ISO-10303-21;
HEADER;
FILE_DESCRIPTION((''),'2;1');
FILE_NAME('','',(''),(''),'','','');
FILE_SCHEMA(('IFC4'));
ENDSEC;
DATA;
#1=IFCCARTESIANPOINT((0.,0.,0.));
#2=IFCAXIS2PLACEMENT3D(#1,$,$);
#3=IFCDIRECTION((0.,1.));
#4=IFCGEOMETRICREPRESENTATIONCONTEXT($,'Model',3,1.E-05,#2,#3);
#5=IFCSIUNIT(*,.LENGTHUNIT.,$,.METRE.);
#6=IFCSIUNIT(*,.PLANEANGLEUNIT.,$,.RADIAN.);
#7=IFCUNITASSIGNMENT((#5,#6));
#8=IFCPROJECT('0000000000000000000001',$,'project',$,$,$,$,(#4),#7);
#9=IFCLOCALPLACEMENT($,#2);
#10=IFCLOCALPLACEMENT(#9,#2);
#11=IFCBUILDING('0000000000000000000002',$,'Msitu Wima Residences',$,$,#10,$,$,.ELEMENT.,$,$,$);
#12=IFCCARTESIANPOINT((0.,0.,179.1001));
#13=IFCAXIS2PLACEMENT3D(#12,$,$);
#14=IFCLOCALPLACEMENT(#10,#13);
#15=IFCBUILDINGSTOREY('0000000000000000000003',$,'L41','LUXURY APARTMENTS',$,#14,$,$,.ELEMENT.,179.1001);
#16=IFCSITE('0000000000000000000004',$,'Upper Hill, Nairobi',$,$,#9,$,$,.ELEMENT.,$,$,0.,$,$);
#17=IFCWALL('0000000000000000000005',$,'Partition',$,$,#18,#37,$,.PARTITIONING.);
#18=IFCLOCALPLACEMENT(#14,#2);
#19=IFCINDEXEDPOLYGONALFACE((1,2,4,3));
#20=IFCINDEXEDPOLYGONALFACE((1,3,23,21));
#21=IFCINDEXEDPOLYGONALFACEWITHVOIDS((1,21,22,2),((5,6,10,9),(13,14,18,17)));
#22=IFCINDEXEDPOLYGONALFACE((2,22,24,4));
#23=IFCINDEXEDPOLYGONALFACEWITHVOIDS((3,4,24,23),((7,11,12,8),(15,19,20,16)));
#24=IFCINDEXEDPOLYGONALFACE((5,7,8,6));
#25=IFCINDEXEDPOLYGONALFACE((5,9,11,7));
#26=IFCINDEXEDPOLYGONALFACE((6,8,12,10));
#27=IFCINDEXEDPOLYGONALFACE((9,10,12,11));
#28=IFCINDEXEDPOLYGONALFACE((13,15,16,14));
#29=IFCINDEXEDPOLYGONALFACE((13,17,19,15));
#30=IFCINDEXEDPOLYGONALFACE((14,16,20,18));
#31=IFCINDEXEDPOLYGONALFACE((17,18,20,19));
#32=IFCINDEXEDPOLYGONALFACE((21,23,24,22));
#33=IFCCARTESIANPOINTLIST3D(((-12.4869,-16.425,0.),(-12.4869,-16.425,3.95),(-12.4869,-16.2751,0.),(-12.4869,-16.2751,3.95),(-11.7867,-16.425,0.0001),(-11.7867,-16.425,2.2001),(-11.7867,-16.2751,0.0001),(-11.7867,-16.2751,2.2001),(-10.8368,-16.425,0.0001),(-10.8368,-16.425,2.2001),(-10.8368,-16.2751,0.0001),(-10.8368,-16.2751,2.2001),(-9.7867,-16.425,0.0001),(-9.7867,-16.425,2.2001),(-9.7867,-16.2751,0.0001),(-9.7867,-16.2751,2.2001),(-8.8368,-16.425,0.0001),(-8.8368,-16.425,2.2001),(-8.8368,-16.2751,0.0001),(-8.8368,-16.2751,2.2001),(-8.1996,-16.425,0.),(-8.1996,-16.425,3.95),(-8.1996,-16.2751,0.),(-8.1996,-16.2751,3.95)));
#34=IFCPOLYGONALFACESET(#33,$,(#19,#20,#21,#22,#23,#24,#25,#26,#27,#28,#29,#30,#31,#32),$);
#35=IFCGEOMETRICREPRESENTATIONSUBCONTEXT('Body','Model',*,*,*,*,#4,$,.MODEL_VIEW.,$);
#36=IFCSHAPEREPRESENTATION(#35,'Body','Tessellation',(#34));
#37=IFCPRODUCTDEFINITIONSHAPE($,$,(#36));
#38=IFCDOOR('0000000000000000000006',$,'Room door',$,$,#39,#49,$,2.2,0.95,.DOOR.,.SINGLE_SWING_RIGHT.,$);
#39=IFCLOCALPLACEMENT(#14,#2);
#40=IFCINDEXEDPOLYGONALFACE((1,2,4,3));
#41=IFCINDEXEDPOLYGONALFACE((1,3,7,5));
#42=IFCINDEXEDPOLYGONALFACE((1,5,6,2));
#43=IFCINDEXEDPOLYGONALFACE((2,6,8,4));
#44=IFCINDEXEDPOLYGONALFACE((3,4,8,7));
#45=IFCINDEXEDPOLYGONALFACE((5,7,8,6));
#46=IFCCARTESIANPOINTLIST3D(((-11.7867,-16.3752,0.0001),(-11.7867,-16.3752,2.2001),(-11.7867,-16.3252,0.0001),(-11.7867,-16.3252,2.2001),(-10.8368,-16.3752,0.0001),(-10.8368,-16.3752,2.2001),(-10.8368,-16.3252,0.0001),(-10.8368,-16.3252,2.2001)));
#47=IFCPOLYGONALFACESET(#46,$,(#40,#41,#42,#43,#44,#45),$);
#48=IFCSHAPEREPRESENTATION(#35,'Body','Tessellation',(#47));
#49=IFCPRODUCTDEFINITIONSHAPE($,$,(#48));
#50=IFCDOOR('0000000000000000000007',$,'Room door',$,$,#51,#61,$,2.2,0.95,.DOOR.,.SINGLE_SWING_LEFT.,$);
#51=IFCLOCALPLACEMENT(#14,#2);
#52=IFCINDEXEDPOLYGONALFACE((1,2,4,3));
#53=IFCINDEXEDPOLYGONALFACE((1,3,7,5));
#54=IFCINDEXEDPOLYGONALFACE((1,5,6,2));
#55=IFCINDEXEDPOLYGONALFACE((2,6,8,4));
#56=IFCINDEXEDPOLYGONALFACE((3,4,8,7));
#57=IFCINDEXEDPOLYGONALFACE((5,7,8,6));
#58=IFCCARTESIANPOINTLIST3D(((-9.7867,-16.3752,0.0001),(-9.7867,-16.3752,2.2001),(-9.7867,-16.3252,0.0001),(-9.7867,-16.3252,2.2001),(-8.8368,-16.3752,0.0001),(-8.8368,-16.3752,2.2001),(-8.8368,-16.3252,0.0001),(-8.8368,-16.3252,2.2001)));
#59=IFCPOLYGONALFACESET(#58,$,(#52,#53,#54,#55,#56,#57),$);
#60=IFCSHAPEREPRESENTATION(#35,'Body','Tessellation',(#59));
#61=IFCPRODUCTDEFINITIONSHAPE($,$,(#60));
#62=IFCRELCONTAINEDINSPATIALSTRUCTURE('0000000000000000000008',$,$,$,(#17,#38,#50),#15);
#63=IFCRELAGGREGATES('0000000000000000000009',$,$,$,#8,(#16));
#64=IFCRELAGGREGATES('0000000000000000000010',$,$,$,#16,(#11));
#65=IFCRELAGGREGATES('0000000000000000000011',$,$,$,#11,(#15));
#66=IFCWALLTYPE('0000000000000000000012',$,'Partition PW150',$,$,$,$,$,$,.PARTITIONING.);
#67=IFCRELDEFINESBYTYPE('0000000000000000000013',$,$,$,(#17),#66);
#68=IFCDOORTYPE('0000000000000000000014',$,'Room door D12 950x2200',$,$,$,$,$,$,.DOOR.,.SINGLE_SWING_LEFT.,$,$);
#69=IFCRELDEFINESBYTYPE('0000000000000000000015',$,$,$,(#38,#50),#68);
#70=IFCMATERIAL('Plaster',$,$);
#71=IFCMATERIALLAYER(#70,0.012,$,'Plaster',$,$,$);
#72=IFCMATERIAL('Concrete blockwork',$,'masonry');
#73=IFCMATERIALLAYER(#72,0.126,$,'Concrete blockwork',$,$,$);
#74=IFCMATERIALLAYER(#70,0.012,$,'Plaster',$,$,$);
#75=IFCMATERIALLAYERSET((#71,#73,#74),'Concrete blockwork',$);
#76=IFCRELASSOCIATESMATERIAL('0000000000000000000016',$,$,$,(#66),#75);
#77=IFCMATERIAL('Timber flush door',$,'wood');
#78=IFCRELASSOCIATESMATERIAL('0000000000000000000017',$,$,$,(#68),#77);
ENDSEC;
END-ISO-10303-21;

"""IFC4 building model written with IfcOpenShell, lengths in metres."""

from ifc_helpers import new_model, si_unit, direction, frame, frame_2d, origin, place, context, subcontext, project, spatial, rectangle, extrude, material, layer, layer_set, type_object, element, fill, save


model = new_model("IFC4")

# Units and contexts
model_context = context("Model", 3, precision=1e-05, world=origin(), true_north=direction((0.0, 1.0)))
body_context = subcontext(model_context, "Body", "Model", "MODEL_VIEW")
ifc_project = project(units=[si_unit("LENGTHUNIT", "METRE"), si_unit("PLANEANGLEUNIT", "RADIAN")], contexts=[model_context])

# Site, building, storey
site_placement = place(None, origin())
site = spatial("IfcSite", under=ifc_project, at=site_placement, Name="Upper Hill, Nairobi", CompositionType="ELEMENT", RefElevation=0.0)
building_placement = place(site_placement, origin())
building = spatial("IfcBuilding", under=site, at=building_placement, Name="Msitu Wima Residences", CompositionType="ELEMENT")
storey_placement = place(building_placement, frame((0.0, 0.0, 179.1001)))
storey = spatial("IfcBuildingStorey", under=building, at=storey_placement, Name="L41", Description="LUXURY APARTMENTS", CompositionType="ELEMENT", Elevation=179.1001)

# Shared definitions
ifc_material_1 = material(Name="Plaster")
ifc_material_2 = material(Name="Concrete blockwork", Category="masonry")

# Shared definitions
ifc_layer_1 = layer(ifc_material_1, 0.012, Name="Plaster")
ifc_layer_2 = layer(ifc_material_2, 0.126, Name="Concrete blockwork")
ifc_layer_3 = layer(ifc_material_1, 0.012, Name="Plaster")
ifc_layer_set_1 = layer_set([ifc_layer_1, ifc_layer_2, ifc_layer_3], Name="Concrete blockwork")
wall_type_1 = type_object("IfcWallType", Name="Partition PW150", PredefinedType="PARTITIONING", material=ifc_layer_set_1)

# Shared definitions
ifc_material_3 = material(Name="Timber flush door", Category="wood")
door_type_1 = type_object("IfcDoorType", Name="Room door D12 950x2200", OperationType="SINGLE_SWING_LEFT", PredefinedType="DOOR", material=ifc_material_3)

# Wall, openings, doors
wall_1_placement = place(storey_placement, frame((-12.4868, -16.3501, 0.0), z_axis=(0.0, 0.0, 1.0), x_axis=(1.0, 0.0, 0.0)))
wall_1 = element("IfcWall", 1, at=wall_1_placement, inside=storey, type_object=wall_type_1, Name="Partition", PredefinedType="PARTITIONING", context=body_context, shape_type="SweptSolid", body=[
    extrude(rectangle(XDim=4.2874, YDim=0.1499, at=frame_2d((2.1436, 0.0))), origin(), (0.0, 0.0, 1.0), 3.95),
])
opening_1_placement = place(wall_1_placement, frame((0.7, 0.0, 0.0)))
opening_1 = element("IfcOpeningElement", 2, at=opening_1_placement, cuts=wall_1, PredefinedType="OPENING", context=body_context, shape_type="SweptSolid", body=[
    extrude(rectangle(XDim=0.95, YDim=2.2, at=frame_2d((0.4751, 1.1001))), frame((0.0, 0.085, 0.0), z_axis=(0.0, -1.0, 0.0), x_axis=(1.0, 0.0, 0.0)), (0.0, 0.0, 1.0), 0.1699),
])
opening_2_placement = place(wall_1_placement, frame((2.7, 0.0, 0.0)))
opening_2 = element("IfcOpeningElement", 3, at=opening_2_placement, cuts=wall_1, PredefinedType="OPENING", context=body_context, shape_type="SweptSolid", body=[
    extrude(rectangle(XDim=0.95, YDim=2.2, at=frame_2d((0.4751, 1.1001))), frame((0.0, 0.085, 0.0), z_axis=(0.0, -1.0, 0.0), x_axis=(1.0, 0.0, 0.0)), (0.0, 0.0, 1.0), 0.1699),
])
door_1_placement = place(opening_1_placement, origin())
door_1 = element("IfcDoor", 4, at=door_1_placement, inside=storey, type_object=door_type_1, Name="Room door", OperationType="SINGLE_SWING_RIGHT", OverallHeight=2.2, OverallWidth=0.95, PredefinedType="DOOR", context=body_context, shape_type="SweptSolid", body=[
    extrude(rectangle(XDim=0.95, YDim=2.2, at=frame_2d((0.4751, 1.1001))), frame((0.0, 0.0249, 0.0), z_axis=(0.0, -1.0, 0.0), x_axis=(1.0, 0.0, 0.0)), (0.0, 0.0, 1.0), 0.05),
])
fill(opening_1, door_1)
door_2_placement = place(opening_2_placement, origin())
door_2 = element("IfcDoor", 5, at=door_2_placement, inside=storey, type_object=door_type_1, Name="Room door", OperationType="SINGLE_SWING_LEFT", OverallHeight=2.2, OverallWidth=0.95, PredefinedType="DOOR", context=body_context, shape_type="SweptSolid", body=[
    extrude(rectangle(XDim=0.95, YDim=2.2, at=frame_2d((0.4751, 1.1001))), frame((0.0, 0.0249, 0.0), z_axis=(0.0, -1.0, 0.0), x_axis=(1.0, 0.0, 0.0)), (0.0, 0.0, 1.0), 0.05),
])
fill(opening_2, door_2)

save(model, "model.ifc")
